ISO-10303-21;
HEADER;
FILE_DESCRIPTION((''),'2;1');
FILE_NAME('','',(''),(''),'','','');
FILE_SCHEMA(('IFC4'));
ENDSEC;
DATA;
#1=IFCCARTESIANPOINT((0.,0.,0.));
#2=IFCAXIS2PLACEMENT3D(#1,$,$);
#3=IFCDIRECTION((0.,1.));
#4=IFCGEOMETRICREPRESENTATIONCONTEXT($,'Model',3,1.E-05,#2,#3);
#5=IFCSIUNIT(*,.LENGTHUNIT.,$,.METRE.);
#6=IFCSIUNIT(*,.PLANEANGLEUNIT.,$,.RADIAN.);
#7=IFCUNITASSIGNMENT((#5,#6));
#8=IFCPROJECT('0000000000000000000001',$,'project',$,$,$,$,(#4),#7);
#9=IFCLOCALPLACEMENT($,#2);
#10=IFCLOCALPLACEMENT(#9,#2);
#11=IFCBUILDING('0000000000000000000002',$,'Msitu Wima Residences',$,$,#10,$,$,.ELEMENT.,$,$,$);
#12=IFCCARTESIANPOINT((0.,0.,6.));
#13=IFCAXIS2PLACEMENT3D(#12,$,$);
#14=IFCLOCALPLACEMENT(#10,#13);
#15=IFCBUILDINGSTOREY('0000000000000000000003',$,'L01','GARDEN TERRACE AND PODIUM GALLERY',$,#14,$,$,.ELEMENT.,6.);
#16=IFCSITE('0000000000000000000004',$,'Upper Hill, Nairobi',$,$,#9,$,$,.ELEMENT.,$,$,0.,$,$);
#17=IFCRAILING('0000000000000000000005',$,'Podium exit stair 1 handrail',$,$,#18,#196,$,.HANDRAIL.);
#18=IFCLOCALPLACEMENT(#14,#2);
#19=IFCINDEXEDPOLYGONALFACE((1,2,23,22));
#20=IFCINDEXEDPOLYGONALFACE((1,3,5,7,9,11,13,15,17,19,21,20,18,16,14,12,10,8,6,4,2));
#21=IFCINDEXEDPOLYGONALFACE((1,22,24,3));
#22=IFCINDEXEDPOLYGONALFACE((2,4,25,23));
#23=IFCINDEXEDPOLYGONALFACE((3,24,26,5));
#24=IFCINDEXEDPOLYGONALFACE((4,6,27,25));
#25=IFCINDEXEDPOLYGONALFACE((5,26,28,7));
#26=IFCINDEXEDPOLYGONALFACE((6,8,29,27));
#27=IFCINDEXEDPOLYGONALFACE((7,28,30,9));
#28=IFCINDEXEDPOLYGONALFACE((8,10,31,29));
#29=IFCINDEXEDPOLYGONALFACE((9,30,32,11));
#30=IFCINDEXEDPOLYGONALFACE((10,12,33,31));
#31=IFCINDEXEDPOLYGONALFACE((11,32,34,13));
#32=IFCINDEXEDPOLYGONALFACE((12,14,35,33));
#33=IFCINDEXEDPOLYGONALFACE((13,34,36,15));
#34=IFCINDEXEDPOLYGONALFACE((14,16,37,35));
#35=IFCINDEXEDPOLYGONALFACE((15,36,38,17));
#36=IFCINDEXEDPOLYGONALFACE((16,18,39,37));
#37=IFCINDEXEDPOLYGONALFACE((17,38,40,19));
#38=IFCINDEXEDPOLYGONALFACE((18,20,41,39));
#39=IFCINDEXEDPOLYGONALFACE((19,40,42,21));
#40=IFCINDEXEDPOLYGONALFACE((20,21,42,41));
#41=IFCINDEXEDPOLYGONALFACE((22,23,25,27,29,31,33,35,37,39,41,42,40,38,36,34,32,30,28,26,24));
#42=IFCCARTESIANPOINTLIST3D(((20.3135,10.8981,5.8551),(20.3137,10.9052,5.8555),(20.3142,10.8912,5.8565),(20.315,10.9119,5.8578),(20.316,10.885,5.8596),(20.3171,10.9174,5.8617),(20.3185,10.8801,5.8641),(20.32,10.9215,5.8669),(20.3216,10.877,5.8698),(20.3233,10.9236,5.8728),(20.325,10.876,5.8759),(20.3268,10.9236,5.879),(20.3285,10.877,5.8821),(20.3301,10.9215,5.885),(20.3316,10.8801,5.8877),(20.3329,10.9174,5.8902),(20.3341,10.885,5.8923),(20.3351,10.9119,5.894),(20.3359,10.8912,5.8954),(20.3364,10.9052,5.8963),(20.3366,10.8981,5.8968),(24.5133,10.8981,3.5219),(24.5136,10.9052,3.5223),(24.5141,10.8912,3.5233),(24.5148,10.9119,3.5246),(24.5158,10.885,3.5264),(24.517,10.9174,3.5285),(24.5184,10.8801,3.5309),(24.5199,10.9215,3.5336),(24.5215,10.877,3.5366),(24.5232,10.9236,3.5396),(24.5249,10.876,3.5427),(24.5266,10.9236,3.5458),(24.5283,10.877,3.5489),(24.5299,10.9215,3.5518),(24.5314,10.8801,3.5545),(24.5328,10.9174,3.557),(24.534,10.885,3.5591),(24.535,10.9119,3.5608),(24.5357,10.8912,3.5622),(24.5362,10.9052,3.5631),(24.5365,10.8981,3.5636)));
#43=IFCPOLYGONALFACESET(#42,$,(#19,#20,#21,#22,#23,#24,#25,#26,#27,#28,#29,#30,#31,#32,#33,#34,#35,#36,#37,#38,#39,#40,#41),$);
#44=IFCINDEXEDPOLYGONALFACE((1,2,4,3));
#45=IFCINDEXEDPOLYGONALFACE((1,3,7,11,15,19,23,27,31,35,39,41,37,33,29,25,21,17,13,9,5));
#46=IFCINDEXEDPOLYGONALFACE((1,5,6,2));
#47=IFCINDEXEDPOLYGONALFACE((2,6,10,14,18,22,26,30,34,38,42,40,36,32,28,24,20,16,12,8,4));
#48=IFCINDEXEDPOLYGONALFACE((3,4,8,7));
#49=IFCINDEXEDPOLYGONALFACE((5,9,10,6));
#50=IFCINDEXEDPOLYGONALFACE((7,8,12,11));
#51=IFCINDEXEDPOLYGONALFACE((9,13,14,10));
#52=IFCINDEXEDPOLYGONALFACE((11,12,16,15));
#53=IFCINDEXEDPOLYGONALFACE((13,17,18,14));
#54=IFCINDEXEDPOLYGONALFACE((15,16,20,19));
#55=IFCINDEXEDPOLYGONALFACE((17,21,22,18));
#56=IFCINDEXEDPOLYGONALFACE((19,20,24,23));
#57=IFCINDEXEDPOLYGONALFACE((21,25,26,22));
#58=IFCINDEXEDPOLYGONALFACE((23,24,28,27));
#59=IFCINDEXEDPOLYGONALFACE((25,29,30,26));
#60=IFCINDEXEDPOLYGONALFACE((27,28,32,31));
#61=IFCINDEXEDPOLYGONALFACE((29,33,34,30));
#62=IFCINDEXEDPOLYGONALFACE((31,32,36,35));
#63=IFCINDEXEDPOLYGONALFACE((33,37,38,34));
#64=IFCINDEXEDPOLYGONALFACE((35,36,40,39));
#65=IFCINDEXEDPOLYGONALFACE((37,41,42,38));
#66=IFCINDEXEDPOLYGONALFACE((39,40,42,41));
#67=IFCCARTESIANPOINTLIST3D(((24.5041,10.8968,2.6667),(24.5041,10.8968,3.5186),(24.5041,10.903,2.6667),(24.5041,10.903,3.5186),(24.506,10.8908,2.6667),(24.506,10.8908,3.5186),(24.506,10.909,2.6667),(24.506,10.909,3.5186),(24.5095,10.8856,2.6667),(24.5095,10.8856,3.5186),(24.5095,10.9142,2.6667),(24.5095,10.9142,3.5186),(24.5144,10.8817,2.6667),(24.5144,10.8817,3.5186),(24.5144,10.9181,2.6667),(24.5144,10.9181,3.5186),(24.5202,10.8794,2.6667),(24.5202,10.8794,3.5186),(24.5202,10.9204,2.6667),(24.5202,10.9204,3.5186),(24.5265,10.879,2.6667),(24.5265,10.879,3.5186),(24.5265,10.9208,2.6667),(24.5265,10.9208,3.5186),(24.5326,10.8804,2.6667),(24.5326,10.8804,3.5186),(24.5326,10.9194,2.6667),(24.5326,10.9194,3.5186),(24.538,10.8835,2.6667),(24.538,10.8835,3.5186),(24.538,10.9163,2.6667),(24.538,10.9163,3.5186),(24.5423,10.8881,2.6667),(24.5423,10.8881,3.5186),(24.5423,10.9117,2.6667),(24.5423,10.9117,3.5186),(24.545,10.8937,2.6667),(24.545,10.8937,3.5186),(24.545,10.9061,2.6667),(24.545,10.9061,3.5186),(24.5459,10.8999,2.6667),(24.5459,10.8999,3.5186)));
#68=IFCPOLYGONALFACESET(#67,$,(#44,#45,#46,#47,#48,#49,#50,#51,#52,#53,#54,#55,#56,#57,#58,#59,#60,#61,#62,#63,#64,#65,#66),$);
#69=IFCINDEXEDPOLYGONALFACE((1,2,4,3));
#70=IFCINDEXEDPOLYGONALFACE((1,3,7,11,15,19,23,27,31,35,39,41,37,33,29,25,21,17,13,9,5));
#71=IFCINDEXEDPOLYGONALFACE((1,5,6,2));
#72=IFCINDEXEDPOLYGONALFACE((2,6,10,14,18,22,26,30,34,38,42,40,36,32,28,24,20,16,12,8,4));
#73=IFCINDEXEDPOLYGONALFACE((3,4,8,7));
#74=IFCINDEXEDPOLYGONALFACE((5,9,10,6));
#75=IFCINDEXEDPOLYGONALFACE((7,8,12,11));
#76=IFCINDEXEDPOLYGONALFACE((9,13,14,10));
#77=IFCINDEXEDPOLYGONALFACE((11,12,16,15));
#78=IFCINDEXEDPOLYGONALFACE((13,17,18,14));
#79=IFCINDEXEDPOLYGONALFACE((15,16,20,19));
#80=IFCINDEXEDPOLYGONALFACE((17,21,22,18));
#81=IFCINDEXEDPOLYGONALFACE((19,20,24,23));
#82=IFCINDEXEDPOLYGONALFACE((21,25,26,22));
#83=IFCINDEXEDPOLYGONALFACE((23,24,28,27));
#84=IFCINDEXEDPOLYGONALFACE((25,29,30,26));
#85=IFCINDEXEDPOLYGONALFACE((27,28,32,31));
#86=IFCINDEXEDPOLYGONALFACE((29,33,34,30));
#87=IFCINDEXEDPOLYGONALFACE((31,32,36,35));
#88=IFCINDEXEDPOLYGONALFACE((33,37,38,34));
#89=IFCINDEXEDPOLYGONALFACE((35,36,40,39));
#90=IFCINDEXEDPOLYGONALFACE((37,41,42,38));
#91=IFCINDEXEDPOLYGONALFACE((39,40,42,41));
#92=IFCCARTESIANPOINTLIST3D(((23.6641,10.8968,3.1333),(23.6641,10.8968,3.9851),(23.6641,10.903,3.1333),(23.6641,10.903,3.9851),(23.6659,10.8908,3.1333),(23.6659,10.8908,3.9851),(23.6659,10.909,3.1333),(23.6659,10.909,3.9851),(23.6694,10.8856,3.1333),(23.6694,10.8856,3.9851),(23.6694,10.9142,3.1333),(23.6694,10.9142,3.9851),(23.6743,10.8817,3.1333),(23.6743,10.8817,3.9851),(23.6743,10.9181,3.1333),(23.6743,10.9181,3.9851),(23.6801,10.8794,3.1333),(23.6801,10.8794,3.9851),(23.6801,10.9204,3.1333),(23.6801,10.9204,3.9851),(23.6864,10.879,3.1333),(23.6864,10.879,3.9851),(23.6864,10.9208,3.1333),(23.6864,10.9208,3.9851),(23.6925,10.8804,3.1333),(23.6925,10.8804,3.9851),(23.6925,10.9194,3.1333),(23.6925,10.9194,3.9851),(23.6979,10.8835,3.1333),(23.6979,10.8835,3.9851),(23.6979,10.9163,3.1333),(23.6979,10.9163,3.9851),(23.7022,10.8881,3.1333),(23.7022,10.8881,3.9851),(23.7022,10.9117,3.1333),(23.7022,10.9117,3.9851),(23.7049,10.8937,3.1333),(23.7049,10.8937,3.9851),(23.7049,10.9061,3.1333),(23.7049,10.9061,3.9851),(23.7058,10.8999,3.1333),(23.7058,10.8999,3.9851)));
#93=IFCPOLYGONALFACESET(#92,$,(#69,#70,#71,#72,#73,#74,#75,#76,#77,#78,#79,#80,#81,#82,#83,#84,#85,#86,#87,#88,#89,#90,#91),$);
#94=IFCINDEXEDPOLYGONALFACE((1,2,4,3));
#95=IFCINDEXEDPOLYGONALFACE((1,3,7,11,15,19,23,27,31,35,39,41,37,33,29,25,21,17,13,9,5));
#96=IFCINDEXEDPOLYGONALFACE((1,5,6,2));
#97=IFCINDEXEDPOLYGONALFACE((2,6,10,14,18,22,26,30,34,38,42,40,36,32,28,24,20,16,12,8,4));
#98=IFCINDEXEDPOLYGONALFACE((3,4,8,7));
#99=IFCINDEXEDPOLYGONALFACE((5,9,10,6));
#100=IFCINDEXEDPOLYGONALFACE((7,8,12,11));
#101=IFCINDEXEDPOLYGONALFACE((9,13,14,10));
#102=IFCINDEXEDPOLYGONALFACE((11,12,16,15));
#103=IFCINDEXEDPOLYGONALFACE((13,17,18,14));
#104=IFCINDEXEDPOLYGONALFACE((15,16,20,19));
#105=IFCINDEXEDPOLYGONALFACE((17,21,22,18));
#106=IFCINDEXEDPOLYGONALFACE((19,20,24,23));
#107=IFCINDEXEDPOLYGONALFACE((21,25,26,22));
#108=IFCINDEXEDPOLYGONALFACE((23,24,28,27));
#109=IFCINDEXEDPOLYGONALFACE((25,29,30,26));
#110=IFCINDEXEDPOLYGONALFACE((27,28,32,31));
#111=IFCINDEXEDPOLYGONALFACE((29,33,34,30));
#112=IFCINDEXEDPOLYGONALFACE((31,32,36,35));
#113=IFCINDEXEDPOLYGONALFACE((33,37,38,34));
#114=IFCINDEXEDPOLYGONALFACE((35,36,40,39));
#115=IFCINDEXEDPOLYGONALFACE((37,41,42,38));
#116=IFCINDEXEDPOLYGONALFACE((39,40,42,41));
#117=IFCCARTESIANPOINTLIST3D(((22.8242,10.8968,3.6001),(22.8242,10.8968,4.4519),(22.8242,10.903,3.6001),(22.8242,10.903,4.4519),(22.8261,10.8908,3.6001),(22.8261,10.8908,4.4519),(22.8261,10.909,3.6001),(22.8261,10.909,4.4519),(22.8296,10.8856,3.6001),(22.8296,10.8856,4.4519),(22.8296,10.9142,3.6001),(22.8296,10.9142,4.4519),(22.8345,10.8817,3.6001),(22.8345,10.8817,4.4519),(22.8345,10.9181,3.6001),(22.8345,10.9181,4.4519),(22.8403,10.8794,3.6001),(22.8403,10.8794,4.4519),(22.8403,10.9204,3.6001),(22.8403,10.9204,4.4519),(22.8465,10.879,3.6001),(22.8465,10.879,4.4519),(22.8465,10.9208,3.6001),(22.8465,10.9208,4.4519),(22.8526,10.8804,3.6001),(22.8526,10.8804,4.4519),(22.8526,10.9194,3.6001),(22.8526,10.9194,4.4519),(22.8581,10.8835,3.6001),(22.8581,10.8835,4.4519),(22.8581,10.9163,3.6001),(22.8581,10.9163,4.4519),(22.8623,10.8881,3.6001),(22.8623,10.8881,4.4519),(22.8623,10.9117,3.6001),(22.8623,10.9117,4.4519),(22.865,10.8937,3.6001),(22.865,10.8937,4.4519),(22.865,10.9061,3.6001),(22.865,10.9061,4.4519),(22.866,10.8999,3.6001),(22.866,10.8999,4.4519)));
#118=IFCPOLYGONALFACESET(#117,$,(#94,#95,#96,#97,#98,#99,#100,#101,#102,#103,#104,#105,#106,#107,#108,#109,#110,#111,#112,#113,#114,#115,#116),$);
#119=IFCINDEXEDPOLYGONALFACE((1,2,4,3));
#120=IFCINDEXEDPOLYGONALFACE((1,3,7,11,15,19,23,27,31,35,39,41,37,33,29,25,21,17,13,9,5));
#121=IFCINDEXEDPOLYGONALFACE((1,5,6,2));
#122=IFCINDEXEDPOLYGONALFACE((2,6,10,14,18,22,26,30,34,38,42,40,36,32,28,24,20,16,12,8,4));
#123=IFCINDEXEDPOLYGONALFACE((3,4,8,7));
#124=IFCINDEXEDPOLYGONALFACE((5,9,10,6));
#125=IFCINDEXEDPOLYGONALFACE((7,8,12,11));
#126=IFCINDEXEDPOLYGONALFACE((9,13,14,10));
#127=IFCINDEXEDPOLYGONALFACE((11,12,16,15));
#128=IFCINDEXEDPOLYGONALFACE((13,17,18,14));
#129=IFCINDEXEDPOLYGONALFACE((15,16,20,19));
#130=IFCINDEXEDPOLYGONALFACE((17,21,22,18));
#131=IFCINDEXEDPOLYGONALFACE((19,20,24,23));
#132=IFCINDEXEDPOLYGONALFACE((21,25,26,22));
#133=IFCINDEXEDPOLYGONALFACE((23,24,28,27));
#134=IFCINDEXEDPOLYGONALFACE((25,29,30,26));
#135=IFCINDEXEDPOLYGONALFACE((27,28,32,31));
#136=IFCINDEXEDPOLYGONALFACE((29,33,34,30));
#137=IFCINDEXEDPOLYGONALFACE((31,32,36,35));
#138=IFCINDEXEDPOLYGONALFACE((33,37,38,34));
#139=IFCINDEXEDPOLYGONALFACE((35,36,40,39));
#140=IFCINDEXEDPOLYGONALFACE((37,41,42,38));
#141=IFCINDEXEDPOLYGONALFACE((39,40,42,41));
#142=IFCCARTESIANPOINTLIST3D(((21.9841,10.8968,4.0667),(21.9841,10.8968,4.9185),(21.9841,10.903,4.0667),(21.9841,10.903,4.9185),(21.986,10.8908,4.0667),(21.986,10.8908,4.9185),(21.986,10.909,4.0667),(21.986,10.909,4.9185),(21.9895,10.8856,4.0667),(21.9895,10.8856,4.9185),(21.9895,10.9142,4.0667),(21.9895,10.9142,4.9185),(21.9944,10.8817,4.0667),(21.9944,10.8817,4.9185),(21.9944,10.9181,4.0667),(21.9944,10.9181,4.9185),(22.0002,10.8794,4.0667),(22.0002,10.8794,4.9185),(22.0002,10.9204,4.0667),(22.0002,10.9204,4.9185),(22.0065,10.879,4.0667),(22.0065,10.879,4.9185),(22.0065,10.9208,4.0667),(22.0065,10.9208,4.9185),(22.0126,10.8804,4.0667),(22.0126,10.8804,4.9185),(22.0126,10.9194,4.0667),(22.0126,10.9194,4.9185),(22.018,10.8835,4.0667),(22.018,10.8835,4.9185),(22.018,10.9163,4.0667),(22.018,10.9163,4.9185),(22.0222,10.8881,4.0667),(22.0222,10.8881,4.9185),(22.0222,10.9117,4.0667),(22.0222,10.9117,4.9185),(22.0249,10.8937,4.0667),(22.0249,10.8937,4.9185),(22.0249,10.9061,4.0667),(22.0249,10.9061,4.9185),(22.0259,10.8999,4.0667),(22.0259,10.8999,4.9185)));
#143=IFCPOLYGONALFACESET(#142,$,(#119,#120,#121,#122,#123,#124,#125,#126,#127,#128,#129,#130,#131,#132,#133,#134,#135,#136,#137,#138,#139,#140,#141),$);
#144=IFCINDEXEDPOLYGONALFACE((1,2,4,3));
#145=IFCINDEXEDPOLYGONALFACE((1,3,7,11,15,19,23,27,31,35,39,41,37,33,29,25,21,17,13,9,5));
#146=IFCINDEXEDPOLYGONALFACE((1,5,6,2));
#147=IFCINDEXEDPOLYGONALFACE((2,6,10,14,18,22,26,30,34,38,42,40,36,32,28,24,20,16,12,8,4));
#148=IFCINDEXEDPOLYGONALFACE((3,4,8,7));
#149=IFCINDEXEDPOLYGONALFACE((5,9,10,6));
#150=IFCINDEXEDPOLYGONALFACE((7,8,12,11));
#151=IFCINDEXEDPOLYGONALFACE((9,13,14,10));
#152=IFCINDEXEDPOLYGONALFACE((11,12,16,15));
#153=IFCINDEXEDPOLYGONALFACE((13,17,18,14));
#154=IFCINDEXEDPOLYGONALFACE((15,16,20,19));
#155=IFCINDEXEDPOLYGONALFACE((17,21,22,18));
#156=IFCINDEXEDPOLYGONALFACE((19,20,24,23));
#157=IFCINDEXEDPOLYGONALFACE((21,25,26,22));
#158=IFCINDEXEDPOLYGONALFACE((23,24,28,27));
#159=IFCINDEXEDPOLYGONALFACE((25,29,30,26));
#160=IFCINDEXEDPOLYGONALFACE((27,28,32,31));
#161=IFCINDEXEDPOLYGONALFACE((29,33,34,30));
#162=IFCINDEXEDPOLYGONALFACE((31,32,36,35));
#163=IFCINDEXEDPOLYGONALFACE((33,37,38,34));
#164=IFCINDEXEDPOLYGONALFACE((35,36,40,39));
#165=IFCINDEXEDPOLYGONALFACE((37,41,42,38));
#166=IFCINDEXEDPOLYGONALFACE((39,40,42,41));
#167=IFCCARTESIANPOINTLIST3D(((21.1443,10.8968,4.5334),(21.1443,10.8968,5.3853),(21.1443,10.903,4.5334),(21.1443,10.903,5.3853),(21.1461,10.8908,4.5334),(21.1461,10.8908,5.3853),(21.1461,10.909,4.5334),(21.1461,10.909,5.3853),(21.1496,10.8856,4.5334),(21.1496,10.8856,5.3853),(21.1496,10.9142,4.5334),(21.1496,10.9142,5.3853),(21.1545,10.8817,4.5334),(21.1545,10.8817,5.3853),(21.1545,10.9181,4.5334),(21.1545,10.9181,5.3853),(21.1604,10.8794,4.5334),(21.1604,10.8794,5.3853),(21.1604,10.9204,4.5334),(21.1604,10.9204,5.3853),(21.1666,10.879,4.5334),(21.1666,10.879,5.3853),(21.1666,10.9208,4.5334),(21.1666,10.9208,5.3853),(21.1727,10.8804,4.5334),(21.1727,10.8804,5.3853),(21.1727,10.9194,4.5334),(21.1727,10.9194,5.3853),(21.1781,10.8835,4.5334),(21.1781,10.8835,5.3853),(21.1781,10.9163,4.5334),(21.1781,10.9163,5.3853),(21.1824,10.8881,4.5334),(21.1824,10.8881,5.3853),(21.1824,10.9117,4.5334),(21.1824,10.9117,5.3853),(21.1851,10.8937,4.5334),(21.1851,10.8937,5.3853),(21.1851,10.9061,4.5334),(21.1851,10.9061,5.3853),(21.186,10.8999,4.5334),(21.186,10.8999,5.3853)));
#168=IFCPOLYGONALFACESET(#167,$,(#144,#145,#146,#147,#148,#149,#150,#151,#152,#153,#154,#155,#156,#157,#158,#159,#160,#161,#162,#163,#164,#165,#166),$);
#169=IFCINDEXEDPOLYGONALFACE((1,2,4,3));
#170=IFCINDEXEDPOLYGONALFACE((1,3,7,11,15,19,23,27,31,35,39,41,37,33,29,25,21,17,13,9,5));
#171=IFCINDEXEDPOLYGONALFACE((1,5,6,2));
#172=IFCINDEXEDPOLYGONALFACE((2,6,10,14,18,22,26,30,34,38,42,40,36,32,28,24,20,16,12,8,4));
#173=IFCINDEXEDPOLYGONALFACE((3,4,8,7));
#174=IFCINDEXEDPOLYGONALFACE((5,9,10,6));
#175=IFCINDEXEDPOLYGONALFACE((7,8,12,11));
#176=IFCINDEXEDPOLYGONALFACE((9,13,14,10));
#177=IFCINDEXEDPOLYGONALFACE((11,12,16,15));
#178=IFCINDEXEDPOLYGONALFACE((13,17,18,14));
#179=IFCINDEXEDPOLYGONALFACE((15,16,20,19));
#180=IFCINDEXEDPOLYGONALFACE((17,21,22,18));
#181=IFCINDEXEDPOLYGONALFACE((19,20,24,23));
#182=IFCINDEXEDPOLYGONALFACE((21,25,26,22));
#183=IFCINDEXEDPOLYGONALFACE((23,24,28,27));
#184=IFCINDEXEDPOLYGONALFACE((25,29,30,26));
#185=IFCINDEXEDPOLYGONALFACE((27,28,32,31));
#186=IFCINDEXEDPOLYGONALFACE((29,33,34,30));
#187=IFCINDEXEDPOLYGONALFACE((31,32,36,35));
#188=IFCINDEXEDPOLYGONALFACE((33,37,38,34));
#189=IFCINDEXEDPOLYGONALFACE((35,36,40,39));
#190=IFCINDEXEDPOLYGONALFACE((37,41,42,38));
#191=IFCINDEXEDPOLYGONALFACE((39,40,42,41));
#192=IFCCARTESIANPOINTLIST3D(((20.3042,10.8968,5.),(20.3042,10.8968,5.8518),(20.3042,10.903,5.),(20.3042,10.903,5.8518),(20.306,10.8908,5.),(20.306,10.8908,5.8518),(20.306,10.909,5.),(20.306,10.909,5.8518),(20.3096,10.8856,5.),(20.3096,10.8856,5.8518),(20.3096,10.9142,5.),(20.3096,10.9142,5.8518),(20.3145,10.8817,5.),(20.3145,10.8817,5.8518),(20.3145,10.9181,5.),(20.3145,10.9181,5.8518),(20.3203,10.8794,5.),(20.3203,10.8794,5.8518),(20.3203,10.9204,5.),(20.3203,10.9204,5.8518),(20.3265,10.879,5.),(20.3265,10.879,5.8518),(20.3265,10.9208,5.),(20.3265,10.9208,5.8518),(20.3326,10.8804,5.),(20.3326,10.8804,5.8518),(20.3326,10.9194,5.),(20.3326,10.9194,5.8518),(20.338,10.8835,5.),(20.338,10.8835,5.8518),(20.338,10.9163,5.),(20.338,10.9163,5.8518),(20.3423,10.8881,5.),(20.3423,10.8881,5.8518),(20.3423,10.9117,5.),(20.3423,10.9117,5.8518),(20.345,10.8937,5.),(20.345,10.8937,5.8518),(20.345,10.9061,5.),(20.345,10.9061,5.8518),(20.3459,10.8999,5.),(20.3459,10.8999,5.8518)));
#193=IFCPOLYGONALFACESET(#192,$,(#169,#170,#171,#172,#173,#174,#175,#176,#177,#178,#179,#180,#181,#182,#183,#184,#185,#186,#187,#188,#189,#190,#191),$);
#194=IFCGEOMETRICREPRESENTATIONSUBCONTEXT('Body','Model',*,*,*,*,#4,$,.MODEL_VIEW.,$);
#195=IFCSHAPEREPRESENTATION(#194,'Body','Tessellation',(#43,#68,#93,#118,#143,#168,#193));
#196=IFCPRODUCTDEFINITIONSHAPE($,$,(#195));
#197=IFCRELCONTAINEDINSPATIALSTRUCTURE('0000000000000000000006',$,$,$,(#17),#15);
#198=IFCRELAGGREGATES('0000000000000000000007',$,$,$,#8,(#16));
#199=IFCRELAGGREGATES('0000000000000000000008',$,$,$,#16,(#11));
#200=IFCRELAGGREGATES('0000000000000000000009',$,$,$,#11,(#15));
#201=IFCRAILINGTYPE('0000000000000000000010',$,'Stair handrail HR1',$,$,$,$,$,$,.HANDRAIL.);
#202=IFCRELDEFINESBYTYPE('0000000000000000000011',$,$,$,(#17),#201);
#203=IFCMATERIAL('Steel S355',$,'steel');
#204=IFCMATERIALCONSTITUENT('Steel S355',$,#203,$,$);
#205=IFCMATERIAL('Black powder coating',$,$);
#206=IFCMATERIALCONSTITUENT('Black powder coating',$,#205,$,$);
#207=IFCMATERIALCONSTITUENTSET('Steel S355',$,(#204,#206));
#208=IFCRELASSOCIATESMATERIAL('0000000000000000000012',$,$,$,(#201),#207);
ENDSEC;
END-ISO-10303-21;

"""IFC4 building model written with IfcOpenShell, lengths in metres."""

from ifc_helpers import new_model, si_unit, direction, frame, origin, origin_2d, place, context, subcontext, project, spatial, circle, extrude, material, constituent, constituent_set, type_object, element, save


model = new_model("IFC4")

# Units and contexts
model_context = context("Model", 3, precision=1e-05, world=origin(), true_north=direction((0.0, 1.0)))
body_context = subcontext(model_context, "Body", "Model", "MODEL_VIEW")
ifc_project = project(units=[si_unit("LENGTHUNIT", "METRE"), si_unit("PLANEANGLEUNIT", "RADIAN")], contexts=[model_context])

# Site, building, storey
site_placement = place(None, origin())
site = spatial("IfcSite", under=ifc_project, at=site_placement, Name="Upper Hill, Nairobi", CompositionType="ELEMENT", RefElevation=0.0)
building_placement = place(site_placement, origin())
building = spatial("IfcBuilding", under=site, at=building_placement, Name="Msitu Wima Residences", CompositionType="ELEMENT")
storey_placement = place(building_placement, frame((0.0, 0.0, 6.0)))
storey = spatial("IfcBuildingStorey", under=building, at=storey_placement, Name="L01", Description="GARDEN TERRACE AND PODIUM GALLERY", CompositionType="ELEMENT", Elevation=6.0)

# Railing
ifc_material_1 = material(Name="Steel S355", Category="steel")
ifc_constituent_1 = constituent(ifc_material_1, Name="Steel S355")
ifc_material_2 = material(Name="Black powder coating")
ifc_constituent_2 = constituent(ifc_material_2, Name="Black powder coating")
ifc_constituent_set = constituent_set(constituents=[ifc_constituent_1, ifc_constituent_2], Name="Steel S355")
railing_type = type_object("IfcRailingType", Name="Stair handrail HR1", PredefinedType="HANDRAIL", material=ifc_constituent_set)
for number, where, name in (
    (1, (24.5249, 10.8999, 2.6667), "Podium exit stair 1 handrail"),
):
    element("IfcRailing", number, at=place(storey_placement, frame(where)), inside=storey, type_object=railing_type, Name=name, PredefinedType="HANDRAIL", context=body_context, shape_type="SweptSolid", body=[
        extrude(circle(Radius=0.0239, at=origin_2d()), frame((0.0, 0.0, 0.876), z_axis=(-0.874162, 0.0, 0.485634), x_axis=(0.0, -1.0, 0.0)), (0.0, 0.0, 1.0), 4.8044),
        extrude(circle(Radius=0.021, at=origin_2d()), origin(), (0.0, 0.0, 1.0), 0.8518),
        extrude(circle(Radius=0.021, at=origin_2d()), frame((-0.8401, 0.0, 0.4666)), (0.0, 0.0, 1.0), 0.8518),
        extrude(circle(Radius=0.021, at=origin_2d()), frame((-1.6799, 0.0, 0.9333)), (0.0, 0.0, 1.0), 0.8518),
        extrude(circle(Radius=0.021, at=origin_2d()), frame((-2.52, 0.0, 1.3999)), (0.0, 0.0, 1.0), 0.8518),
        extrude(circle(Radius=0.021, at=origin_2d()), frame((-3.3599, 0.0, 1.8667)), (0.0, 0.0, 1.0), 0.8518),
        extrude(circle(Radius=0.021, at=origin_2d()), frame((-4.2, 0.0, 2.3333)), (0.0, 0.0, 1.0), 0.8518),
    ])

save(model, "model.ifc")
